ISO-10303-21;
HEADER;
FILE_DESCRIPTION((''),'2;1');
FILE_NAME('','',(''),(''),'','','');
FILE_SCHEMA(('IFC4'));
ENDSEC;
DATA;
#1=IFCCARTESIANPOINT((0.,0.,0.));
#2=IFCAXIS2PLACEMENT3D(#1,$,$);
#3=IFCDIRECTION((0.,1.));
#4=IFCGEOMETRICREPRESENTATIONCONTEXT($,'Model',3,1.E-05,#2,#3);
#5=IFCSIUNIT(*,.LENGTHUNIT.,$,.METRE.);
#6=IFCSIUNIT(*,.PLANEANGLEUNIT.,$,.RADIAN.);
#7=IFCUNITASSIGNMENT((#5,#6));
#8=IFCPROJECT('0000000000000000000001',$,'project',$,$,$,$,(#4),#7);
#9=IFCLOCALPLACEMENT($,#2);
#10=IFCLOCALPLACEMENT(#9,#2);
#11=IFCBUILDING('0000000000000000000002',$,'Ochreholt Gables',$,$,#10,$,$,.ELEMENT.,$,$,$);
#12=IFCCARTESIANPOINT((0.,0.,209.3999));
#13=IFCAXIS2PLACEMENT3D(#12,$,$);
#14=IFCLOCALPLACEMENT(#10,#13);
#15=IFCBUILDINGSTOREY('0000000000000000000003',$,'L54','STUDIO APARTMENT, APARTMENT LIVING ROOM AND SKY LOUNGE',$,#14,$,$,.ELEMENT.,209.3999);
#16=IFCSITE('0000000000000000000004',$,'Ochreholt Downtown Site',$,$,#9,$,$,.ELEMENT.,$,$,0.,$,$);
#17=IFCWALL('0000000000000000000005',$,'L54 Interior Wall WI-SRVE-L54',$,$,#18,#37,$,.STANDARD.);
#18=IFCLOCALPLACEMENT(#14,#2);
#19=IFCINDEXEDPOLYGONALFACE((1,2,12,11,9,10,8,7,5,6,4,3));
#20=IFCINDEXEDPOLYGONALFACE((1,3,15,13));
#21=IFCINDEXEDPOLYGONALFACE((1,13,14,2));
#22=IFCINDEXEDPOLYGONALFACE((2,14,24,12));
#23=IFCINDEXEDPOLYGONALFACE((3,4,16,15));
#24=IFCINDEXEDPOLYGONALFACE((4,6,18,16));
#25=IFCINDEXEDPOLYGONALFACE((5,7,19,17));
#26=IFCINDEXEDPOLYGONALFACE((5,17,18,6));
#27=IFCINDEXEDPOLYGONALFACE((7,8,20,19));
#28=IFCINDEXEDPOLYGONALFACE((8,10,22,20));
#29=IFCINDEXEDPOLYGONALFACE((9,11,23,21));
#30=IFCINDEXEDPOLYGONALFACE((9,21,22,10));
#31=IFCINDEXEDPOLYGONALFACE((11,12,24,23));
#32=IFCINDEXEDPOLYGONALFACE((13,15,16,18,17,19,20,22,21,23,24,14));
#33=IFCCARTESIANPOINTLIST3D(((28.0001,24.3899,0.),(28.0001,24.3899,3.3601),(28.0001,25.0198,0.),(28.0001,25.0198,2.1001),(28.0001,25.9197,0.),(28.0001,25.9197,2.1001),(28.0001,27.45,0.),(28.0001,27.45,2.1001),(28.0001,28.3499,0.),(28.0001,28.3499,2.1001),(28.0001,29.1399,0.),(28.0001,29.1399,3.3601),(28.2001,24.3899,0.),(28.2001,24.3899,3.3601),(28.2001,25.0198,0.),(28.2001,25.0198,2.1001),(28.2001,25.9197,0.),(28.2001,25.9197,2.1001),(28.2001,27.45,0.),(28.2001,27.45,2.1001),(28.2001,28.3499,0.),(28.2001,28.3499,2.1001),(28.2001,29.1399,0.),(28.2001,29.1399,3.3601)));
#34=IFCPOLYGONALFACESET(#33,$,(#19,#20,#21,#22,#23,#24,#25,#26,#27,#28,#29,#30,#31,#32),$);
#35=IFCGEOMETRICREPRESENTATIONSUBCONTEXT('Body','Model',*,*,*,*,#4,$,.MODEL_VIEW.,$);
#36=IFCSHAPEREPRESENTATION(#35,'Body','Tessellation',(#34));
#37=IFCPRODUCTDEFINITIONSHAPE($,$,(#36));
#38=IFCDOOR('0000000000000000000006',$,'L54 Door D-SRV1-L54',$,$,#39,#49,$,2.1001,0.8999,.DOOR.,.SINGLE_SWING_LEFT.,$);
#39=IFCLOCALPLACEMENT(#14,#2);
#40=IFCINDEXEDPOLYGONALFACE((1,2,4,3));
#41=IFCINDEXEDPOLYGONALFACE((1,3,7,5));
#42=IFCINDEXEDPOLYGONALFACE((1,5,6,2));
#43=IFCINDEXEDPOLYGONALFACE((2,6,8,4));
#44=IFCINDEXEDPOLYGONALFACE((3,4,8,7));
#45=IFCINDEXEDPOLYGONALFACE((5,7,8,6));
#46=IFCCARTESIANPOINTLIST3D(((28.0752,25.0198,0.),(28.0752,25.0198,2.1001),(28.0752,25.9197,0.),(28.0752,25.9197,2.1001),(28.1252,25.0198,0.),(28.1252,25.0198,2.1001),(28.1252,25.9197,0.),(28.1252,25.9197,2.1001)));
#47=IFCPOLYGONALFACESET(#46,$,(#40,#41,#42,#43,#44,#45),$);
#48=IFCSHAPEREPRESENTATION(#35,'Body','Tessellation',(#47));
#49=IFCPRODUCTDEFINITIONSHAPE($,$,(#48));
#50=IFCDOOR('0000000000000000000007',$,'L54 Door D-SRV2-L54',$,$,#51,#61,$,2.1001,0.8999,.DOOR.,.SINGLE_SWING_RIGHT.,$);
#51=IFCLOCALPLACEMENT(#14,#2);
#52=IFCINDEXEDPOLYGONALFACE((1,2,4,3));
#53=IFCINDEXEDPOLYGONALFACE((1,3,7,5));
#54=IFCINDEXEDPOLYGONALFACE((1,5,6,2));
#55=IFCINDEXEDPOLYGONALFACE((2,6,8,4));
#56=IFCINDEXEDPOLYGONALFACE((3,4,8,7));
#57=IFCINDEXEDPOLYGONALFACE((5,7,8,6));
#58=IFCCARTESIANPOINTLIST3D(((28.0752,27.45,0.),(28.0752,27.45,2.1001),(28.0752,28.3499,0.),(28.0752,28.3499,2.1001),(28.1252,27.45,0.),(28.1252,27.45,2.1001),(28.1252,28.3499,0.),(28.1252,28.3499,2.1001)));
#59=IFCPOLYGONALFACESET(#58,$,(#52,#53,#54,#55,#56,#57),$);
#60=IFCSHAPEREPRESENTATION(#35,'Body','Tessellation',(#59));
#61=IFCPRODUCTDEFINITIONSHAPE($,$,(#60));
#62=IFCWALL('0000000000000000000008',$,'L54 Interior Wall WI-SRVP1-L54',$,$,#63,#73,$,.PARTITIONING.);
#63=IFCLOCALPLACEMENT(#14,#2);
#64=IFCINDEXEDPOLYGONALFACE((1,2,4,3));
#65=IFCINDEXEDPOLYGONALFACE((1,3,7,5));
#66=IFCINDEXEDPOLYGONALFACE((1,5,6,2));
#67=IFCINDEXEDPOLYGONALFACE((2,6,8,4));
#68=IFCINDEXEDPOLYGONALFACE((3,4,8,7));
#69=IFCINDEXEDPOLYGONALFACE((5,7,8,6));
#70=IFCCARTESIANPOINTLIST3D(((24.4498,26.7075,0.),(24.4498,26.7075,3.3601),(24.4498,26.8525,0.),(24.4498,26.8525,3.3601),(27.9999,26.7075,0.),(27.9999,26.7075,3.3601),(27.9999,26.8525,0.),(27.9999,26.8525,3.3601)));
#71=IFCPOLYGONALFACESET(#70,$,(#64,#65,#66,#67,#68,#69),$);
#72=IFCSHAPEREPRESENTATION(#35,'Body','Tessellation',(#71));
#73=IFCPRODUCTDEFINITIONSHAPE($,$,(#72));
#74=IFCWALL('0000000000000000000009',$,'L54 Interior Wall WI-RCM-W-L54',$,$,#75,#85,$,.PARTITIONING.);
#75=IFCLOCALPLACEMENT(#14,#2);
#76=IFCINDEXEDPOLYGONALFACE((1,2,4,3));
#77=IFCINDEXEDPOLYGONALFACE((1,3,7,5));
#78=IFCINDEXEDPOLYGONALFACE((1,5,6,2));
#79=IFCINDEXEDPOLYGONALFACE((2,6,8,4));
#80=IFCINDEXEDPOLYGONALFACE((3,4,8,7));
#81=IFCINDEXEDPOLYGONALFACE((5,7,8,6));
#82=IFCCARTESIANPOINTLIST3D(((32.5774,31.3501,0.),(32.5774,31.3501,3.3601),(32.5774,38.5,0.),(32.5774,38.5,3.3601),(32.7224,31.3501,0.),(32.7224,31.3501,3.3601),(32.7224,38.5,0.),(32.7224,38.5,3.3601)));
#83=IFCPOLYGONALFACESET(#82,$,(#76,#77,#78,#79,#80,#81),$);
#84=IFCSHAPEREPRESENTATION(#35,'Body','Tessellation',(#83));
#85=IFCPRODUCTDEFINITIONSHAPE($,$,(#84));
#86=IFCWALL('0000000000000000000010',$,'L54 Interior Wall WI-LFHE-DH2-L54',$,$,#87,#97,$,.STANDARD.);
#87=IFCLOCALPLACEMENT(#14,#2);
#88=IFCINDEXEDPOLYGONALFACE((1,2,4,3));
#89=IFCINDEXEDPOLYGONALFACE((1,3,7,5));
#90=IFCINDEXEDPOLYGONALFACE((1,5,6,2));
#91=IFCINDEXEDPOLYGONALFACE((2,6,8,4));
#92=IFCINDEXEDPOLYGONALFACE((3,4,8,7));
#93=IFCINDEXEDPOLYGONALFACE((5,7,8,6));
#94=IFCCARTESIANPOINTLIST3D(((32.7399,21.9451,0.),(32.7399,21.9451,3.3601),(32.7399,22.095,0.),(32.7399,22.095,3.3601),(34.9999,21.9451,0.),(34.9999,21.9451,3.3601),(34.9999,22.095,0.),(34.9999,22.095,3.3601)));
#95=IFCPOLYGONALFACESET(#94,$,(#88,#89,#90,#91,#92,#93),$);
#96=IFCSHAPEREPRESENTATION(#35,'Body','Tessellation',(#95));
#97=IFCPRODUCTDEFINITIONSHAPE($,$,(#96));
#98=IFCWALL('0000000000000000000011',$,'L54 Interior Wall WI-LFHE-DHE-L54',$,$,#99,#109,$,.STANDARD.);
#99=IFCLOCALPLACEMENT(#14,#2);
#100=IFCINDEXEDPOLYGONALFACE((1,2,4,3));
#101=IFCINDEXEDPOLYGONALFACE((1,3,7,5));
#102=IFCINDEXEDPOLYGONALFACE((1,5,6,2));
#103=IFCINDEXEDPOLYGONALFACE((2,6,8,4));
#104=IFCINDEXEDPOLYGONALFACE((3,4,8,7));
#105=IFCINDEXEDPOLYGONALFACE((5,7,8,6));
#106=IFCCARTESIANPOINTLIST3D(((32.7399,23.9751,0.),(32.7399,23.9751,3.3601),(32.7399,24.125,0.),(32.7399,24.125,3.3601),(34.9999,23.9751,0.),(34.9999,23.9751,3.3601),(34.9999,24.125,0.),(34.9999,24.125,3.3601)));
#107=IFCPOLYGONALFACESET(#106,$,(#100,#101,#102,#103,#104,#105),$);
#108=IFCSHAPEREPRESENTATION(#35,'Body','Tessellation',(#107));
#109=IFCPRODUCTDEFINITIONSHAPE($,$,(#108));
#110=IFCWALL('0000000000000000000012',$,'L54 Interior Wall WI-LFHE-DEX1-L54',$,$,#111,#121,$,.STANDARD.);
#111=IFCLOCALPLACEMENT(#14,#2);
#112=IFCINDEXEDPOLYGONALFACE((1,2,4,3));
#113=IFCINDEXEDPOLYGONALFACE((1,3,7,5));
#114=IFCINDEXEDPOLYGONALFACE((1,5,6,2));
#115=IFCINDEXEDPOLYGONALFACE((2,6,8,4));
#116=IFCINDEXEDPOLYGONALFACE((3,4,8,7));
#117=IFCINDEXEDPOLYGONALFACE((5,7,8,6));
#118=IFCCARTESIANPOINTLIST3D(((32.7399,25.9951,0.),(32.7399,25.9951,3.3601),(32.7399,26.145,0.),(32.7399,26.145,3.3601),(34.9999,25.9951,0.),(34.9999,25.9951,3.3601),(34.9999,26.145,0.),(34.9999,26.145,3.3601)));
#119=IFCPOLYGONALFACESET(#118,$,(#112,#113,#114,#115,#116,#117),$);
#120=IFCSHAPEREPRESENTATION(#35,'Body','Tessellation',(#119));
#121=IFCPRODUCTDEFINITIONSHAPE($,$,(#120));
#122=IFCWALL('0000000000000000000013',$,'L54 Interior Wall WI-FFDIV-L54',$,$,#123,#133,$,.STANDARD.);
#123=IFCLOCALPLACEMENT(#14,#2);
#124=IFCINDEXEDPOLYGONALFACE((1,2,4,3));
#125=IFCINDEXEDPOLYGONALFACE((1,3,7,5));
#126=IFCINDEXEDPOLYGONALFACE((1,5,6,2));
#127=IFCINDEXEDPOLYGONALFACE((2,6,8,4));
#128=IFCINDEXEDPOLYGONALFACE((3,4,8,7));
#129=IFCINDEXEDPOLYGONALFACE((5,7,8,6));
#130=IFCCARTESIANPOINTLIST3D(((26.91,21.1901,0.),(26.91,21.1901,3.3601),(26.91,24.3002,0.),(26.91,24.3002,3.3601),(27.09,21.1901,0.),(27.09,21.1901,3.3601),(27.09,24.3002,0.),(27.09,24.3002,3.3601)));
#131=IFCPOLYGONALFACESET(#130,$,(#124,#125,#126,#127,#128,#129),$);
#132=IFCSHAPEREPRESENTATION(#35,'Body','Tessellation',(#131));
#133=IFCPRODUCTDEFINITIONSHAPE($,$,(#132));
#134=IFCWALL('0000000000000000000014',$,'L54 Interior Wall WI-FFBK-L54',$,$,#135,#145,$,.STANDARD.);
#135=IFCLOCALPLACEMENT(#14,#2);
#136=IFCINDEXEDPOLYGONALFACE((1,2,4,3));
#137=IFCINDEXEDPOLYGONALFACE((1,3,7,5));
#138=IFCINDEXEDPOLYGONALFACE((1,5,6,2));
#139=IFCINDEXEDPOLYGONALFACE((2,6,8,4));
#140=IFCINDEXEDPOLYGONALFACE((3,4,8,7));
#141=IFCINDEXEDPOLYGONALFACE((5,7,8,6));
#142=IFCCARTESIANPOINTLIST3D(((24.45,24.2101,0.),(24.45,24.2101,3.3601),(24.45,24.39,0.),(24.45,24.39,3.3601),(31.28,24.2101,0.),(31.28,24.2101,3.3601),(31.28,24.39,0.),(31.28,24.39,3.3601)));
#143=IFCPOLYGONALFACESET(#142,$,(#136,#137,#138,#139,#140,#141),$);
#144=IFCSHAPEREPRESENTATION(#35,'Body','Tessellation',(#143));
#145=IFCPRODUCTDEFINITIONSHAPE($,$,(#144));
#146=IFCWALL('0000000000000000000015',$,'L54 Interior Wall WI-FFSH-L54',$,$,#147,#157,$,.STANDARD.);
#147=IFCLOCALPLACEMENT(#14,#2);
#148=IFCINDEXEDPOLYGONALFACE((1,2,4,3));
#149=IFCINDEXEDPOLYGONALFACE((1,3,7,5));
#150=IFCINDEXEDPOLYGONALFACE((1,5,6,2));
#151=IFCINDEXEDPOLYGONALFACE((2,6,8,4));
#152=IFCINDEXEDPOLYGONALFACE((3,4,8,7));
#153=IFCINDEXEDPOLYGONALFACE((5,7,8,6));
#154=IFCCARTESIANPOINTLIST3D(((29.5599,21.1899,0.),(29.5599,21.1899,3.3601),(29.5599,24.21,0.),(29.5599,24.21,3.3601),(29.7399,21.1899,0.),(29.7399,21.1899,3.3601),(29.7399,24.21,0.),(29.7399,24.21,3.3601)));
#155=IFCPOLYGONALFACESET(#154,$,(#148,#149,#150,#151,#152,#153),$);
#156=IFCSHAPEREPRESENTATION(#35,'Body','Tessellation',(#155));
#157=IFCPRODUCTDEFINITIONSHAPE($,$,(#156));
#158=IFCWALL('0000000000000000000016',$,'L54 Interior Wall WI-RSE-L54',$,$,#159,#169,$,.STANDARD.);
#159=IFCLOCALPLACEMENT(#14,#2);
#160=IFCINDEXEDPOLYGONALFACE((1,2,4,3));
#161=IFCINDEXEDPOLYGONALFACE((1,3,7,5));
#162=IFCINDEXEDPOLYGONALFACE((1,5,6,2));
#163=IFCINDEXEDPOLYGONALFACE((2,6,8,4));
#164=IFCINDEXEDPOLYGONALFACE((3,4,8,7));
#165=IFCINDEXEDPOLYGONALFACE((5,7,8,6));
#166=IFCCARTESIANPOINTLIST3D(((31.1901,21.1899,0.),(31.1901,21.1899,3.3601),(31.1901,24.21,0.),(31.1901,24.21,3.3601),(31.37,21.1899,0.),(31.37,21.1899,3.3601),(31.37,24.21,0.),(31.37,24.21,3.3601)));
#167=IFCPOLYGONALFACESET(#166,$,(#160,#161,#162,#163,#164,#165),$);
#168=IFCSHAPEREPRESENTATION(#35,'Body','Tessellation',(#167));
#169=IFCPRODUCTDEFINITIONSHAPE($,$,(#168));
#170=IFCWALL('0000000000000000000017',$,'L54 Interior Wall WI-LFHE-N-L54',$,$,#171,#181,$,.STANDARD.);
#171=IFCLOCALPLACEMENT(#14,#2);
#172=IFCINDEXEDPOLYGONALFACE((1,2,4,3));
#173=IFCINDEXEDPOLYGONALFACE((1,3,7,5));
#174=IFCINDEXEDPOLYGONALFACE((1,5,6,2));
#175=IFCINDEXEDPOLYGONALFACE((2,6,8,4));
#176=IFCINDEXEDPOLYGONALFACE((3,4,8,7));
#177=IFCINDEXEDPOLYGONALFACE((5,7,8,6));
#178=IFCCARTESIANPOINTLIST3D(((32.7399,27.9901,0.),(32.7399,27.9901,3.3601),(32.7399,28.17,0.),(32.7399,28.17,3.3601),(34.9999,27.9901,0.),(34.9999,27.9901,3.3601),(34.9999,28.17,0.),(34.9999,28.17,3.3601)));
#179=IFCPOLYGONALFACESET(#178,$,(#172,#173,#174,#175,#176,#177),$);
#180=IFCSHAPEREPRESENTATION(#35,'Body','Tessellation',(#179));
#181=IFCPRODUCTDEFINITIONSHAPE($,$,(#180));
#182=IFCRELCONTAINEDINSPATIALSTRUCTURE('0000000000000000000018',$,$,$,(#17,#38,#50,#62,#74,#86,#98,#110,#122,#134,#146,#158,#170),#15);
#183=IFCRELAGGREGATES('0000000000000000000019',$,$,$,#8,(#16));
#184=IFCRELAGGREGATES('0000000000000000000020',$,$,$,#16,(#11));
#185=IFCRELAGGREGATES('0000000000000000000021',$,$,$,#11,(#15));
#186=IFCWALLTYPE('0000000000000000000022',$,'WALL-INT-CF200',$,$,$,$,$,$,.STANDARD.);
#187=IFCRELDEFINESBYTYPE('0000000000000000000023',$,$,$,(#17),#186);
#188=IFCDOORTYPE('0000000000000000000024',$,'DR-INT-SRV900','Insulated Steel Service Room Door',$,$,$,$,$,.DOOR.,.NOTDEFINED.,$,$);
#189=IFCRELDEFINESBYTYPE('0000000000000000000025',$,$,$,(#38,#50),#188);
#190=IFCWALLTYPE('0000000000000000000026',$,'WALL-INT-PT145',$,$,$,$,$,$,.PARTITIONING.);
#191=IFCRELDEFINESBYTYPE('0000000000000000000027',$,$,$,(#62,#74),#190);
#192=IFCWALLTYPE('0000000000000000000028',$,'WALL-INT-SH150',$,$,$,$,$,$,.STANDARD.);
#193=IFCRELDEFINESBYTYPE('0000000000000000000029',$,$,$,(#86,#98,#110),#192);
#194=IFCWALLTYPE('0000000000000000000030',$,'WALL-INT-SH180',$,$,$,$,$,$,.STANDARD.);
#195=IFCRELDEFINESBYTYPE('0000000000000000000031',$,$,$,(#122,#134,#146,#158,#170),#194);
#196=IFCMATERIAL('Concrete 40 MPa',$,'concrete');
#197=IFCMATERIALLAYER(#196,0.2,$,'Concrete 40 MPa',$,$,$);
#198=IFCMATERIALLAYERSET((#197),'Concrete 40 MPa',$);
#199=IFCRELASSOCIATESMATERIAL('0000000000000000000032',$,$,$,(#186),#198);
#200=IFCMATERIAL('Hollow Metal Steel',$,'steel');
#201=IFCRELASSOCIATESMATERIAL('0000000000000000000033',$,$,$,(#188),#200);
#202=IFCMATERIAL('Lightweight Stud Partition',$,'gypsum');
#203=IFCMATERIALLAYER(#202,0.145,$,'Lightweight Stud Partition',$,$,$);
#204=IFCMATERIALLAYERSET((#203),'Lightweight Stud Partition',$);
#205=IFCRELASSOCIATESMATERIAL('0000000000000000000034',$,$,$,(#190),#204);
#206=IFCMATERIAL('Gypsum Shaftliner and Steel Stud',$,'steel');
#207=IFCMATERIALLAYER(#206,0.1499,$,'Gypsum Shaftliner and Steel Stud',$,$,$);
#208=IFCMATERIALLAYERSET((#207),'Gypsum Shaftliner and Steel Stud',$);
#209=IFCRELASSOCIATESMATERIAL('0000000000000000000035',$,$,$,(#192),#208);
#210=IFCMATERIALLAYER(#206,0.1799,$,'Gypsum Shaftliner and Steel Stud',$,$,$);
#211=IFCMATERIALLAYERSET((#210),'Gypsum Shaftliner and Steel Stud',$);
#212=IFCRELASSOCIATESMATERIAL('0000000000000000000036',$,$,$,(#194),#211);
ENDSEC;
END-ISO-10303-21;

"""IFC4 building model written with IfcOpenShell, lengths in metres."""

from ifc_helpers import new_model, si_unit, direction, frame, frame_2d, origin, place, context, subcontext, project, spatial, rectangle, extrude, material, layer, layer_set, type_object, element, fill, save


model = new_model("IFC4")

# Units and contexts
model_context = context("Model", 3, precision=1e-05, world=origin(), true_north=direction((0.0, 1.0)))
body_context = subcontext(model_context, "Body", "Model", "MODEL_VIEW")
ifc_project = project(units=[si_unit("LENGTHUNIT", "METRE"), si_unit("PLANEANGLEUNIT", "RADIAN")], contexts=[model_context])

# Site, building, storey
site_placement = place(None, origin())
site = spatial("IfcSite", under=ifc_project, at=site_placement, Name="Ochreholt Downtown Site", CompositionType="ELEMENT", RefElevation=0.0)
building_placement = place(site_placement, origin())
building = spatial("IfcBuilding", under=site, at=building_placement, Name="Ochreholt Gables", CompositionType="ELEMENT")
storey_placement = place(building_placement, frame((0.0, 0.0, 209.3999)))
storey = spatial("IfcBuildingStorey", under=building, at=storey_placement, Name="L54", Description="STUDIO APARTMENT, APARTMENT LIVING ROOM AND SKY LOUNGE", CompositionType="ELEMENT", Elevation=209.3999)

# Shared definitions
ifc_material_1 = material(Name="Concrete 40 MPa", Category="concrete")
ifc_layer_1 = layer(ifc_material_1, 0.2, Name="Concrete 40 MPa")
ifc_layer_set_1 = layer_set([ifc_layer_1], Name="Concrete 40 MPa")
wall_type_1 = type_object("IfcWallType", Name="WALL-INT-CF200", PredefinedType="STANDARD", material=ifc_layer_set_1)

# Wall, openings, doors
wall_1_placement = place(storey_placement, frame((28.1001, 24.3899, 0.0), z_axis=(0.0, 0.0, 1.0), x_axis=(0.0, 1.0, 0.0)))
wall_1 = element("IfcWall", 1, at=wall_1_placement, inside=storey, type_object=wall_type_1, Name="L54 Interior Wall WI-SRVE-L54", PredefinedType="STANDARD", context=body_context, shape_type="SweptSolid", body=[
    extrude(rectangle(XDim=4.75, YDim=0.2, at=frame_2d((2.375, 0.0))), origin(), (0.0, 0.0, 1.0), 3.3601),
])
opening_1_placement = place(wall_1_placement, frame((0.6299, 0.0, 0.0)))
opening_1 = element("IfcOpeningElement", 2, at=opening_1_placement, cuts=wall_1, PredefinedType="OPENING", context=body_context, shape_type="SweptSolid", body=[
    extrude(rectangle(XDim=0.8999, YDim=2.1001, at=frame_2d((0.45, 1.05))), frame((0.0, 0.1099, 0.0), z_axis=(0.0, -1.0, 0.0), x_axis=(1.0, 0.0, 0.0)), (0.0, 0.0, 1.0), 0.22),
])
opening_2_placement = place(wall_1_placement, frame((3.0601, 0.0, 0.0)))
opening_2 = element("IfcOpeningElement", 3, at=opening_2_placement, cuts=wall_1, PredefinedType="OPENING", context=body_context, shape_type="SweptSolid", body=[
    extrude(rectangle(XDim=0.8999, YDim=2.1001, at=frame_2d((0.45, 1.05))), frame((0.0, 0.1099, 0.0), z_axis=(0.0, -1.0, 0.0), x_axis=(1.0, 0.0, 0.0)), (0.0, 0.0, 1.0), 0.22),
])
ifc_material_2 = material(Name="Hollow Metal Steel", Category="steel")
door_type_1 = type_object("IfcDoorType", Name="DR-INT-SRV900", Description="Insulated Steel Service Room Door", OperationType="NOTDEFINED", PredefinedType="DOOR", material=ifc_material_2)
door_1_placement = place(opening_1_placement, origin())
door_1 = element("IfcDoor", 4, at=door_1_placement, inside=storey, type_object=door_type_1, Name="L54 Door D-SRV1-L54", OperationType="SINGLE_SWING_LEFT", OverallHeight=2.1001, OverallWidth=0.8999, PredefinedType="DOOR", context=body_context, shape_type="SweptSolid", body=[
    extrude(rectangle(XDim=0.8999, YDim=2.1001, at=frame_2d((0.45, 1.05))), frame((0.0, 0.0249, 0.0), z_axis=(0.0, -1.0, 0.0), x_axis=(1.0, 0.0, 0.0)), (0.0, 0.0, 1.0), 0.05),
])
fill(opening_1, door_1)
door_2_placement = place(opening_2_placement, origin())
door_2 = element("IfcDoor", 5, at=door_2_placement, inside=storey, type_object=door_type_1, Name="L54 Door D-SRV2-L54", OperationType="SINGLE_SWING_RIGHT", OverallHeight=2.1001, OverallWidth=0.8999, PredefinedType="DOOR", context=body_context, shape_type="SweptSolid", body=[
    extrude(rectangle(XDim=0.8999, YDim=2.1001, at=frame_2d((0.45, 1.05))), frame((0.0, 0.0249, 0.0), z_axis=(0.0, -1.0, 0.0), x_axis=(1.0, 0.0, 0.0)), (0.0, 0.0, 1.0), 0.05),
])
fill(opening_2, door_2)

# Walls
ifc_material_3 = material(Name="Lightweight Stud Partition", Category="gypsum")
ifc_layer_2 = layer(ifc_material_3, 0.145, Name="Lightweight Stud Partition")
ifc_layer_set_2 = layer_set([ifc_layer_2], Name="Lightweight Stud Partition")
wall_type_2 = type_object("IfcWallType", Name="WALL-INT-PT145", PredefinedType="PARTITIONING", material=ifc_layer_set_2)
wall_2_placement = place(storey_placement, frame((24.45, 26.78, 0.0), z_axis=(0.0, 0.0, 1.0), x_axis=(1.0, 0.0, 0.0)))
element("IfcWall", 6, at=wall_2_placement, inside=storey, type_object=wall_type_2, Name="L54 Interior Wall WI-SRVP1-L54", PredefinedType="PARTITIONING", context=body_context, shape_type="SweptSolid", body=[
    extrude(rectangle(XDim=3.55, YDim=0.145, at=frame_2d((1.7749, 0.0))), origin(), (0.0, 0.0, 1.0), 3.3601),
])
wall_3_placement = place(storey_placement, frame((32.6499, 31.3501, 0.0), z_axis=(0.0, 0.0, 1.0), x_axis=(0.0, 1.0, 0.0)))
element("IfcWall", 7, at=wall_3_placement, inside=storey, type_object=wall_type_2, Name="L54 Interior Wall WI-RCM-W-L54", PredefinedType="PARTITIONING", context=body_context, shape_type="SweptSolid", body=[
    extrude(rectangle(XDim=7.1499, YDim=0.145, at=frame_2d((3.575, 0.0))), origin(), (0.0, 0.0, 1.0), 3.3601),
])
ifc_material_4 = material(Name="Gypsum Shaftliner and Steel Stud", Category="steel")
ifc_layer_3 = layer(ifc_material_4, 0.1499, Name="Gypsum Shaftliner and Steel Stud")
ifc_layer_set_3 = layer_set([ifc_layer_3], Name="Gypsum Shaftliner and Steel Stud")
wall_type_3 = type_object("IfcWallType", Name="WALL-INT-SH150", PredefinedType="STANDARD", material=ifc_layer_set_3)
for number, where, z_axis, x_axis, name in (
    (8, (32.74, 22.02, 0.0), (0.0, 0.0, 1.0), (1.0, 0.0, 0.0), "L54 Interior Wall WI-LFHE-DH2-L54"),
    (9, (32.74, 24.05, 0.0), (0.0, 0.0, 1.0), (1.0, 0.0, 0.0), "L54 Interior Wall WI-LFHE-DHE-L54"),
    (10, (32.74, 26.0701, 0.0), (0.0, 0.0, 1.0), (1.0, 0.0, 0.0), "L54 Interior Wall WI-LFHE-DEX1-L54"),
):
    element("IfcWall", number, at=place(storey_placement, frame(where, z_axis=z_axis, x_axis=x_axis)), inside=storey, type_object=wall_type_3, Name=name, PredefinedType="STANDARD", context=body_context, shape_type="SweptSolid", body=[
        extrude(rectangle(XDim=2.26, YDim=0.1499, at=frame_2d((1.1299, 0.0))), origin(), (0.0, 0.0, 1.0), 3.3601),
    ])
ifc_layer_4 = layer(ifc_material_4, 0.1799, Name="Gypsum Shaftliner and Steel Stud")
ifc_layer_set_4 = layer_set([ifc_layer_4], Name="Gypsum Shaftliner and Steel Stud")
wall_type_4 = type_object("IfcWallType", Name="WALL-INT-SH180", PredefinedType="STANDARD", material=ifc_layer_set_4)
wall_4_placement = place(storey_placement, frame((27.0, 21.1899, 0.0), z_axis=(0.0, 0.0, 1.0), x_axis=(0.0, 1.0, 0.0)))
element("IfcWall", 11, at=wall_4_placement, inside=storey, type_object=wall_type_4, Name="L54 Interior Wall WI-FFDIV-L54", PredefinedType="STANDARD", context=body_context, shape_type="SweptSolid", body=[
    extrude(rectangle(XDim=3.1101, YDim=0.1799, at=frame_2d((1.5552, 0.0))), origin(), (0.0, 0.0, 1.0), 3.3601),
])
wall_5_placement = place(storey_placement, frame((24.45, 24.3, 0.0), z_axis=(0.0, 0.0, 1.0), x_axis=(1.0, 0.0, 0.0)))
element("IfcWall", 12, at=wall_5_placement, inside=storey, type_object=wall_type_4, Name="L54 Interior Wall WI-FFBK-L54", PredefinedType="STANDARD", context=body_context, shape_type="SweptSolid", body=[
    extrude(rectangle(XDim=6.8301, YDim=0.1799, at=frame_2d((3.415, 0.0))), origin(), (0.0, 0.0, 1.0), 3.3601),
])
for number, where, z_axis, x_axis, name in (
    (13, (29.6499, 21.1899, 0.0), (0.0, 0.0, 1.0), (0.0, 1.0, 0.0), "L54 Interior Wall WI-FFSH-L54"),
    (14, (31.28, 21.1899, 0.0), (0.0, 0.0, 1.0), (0.0, 1.0, 0.0), "L54 Interior Wall WI-RSE-L54"),
):
    element("IfcWall", number, at=place(storey_placement, frame(where, z_axis=z_axis, x_axis=x_axis)), inside=storey, type_object=wall_type_4, Name=name, PredefinedType="STANDARD", context=body_context, shape_type="SweptSolid", body=[
        extrude(rectangle(XDim=3.02, YDim=0.1799, at=frame_2d((1.51, 0.0))), origin(), (0.0, 0.0, 1.0), 3.3601),
    ])
wall_6_placement = place(storey_placement, frame((32.74, 28.0801, 0.0), z_axis=(0.0, 0.0, 1.0), x_axis=(1.0, 0.0, 0.0)))
element("IfcWall", 15, at=wall_6_placement, inside=storey, type_object=wall_type_4, Name="L54 Interior Wall WI-LFHE-N-L54", PredefinedType="STANDARD", context=body_context, shape_type="SweptSolid", body=[
    extrude(rectangle(XDim=2.26, YDim=0.1799, at=frame_2d((1.1299, 0.0))), origin(), (0.0, 0.0, 1.0), 3.3601),
])

save(model, "model.ifc")
